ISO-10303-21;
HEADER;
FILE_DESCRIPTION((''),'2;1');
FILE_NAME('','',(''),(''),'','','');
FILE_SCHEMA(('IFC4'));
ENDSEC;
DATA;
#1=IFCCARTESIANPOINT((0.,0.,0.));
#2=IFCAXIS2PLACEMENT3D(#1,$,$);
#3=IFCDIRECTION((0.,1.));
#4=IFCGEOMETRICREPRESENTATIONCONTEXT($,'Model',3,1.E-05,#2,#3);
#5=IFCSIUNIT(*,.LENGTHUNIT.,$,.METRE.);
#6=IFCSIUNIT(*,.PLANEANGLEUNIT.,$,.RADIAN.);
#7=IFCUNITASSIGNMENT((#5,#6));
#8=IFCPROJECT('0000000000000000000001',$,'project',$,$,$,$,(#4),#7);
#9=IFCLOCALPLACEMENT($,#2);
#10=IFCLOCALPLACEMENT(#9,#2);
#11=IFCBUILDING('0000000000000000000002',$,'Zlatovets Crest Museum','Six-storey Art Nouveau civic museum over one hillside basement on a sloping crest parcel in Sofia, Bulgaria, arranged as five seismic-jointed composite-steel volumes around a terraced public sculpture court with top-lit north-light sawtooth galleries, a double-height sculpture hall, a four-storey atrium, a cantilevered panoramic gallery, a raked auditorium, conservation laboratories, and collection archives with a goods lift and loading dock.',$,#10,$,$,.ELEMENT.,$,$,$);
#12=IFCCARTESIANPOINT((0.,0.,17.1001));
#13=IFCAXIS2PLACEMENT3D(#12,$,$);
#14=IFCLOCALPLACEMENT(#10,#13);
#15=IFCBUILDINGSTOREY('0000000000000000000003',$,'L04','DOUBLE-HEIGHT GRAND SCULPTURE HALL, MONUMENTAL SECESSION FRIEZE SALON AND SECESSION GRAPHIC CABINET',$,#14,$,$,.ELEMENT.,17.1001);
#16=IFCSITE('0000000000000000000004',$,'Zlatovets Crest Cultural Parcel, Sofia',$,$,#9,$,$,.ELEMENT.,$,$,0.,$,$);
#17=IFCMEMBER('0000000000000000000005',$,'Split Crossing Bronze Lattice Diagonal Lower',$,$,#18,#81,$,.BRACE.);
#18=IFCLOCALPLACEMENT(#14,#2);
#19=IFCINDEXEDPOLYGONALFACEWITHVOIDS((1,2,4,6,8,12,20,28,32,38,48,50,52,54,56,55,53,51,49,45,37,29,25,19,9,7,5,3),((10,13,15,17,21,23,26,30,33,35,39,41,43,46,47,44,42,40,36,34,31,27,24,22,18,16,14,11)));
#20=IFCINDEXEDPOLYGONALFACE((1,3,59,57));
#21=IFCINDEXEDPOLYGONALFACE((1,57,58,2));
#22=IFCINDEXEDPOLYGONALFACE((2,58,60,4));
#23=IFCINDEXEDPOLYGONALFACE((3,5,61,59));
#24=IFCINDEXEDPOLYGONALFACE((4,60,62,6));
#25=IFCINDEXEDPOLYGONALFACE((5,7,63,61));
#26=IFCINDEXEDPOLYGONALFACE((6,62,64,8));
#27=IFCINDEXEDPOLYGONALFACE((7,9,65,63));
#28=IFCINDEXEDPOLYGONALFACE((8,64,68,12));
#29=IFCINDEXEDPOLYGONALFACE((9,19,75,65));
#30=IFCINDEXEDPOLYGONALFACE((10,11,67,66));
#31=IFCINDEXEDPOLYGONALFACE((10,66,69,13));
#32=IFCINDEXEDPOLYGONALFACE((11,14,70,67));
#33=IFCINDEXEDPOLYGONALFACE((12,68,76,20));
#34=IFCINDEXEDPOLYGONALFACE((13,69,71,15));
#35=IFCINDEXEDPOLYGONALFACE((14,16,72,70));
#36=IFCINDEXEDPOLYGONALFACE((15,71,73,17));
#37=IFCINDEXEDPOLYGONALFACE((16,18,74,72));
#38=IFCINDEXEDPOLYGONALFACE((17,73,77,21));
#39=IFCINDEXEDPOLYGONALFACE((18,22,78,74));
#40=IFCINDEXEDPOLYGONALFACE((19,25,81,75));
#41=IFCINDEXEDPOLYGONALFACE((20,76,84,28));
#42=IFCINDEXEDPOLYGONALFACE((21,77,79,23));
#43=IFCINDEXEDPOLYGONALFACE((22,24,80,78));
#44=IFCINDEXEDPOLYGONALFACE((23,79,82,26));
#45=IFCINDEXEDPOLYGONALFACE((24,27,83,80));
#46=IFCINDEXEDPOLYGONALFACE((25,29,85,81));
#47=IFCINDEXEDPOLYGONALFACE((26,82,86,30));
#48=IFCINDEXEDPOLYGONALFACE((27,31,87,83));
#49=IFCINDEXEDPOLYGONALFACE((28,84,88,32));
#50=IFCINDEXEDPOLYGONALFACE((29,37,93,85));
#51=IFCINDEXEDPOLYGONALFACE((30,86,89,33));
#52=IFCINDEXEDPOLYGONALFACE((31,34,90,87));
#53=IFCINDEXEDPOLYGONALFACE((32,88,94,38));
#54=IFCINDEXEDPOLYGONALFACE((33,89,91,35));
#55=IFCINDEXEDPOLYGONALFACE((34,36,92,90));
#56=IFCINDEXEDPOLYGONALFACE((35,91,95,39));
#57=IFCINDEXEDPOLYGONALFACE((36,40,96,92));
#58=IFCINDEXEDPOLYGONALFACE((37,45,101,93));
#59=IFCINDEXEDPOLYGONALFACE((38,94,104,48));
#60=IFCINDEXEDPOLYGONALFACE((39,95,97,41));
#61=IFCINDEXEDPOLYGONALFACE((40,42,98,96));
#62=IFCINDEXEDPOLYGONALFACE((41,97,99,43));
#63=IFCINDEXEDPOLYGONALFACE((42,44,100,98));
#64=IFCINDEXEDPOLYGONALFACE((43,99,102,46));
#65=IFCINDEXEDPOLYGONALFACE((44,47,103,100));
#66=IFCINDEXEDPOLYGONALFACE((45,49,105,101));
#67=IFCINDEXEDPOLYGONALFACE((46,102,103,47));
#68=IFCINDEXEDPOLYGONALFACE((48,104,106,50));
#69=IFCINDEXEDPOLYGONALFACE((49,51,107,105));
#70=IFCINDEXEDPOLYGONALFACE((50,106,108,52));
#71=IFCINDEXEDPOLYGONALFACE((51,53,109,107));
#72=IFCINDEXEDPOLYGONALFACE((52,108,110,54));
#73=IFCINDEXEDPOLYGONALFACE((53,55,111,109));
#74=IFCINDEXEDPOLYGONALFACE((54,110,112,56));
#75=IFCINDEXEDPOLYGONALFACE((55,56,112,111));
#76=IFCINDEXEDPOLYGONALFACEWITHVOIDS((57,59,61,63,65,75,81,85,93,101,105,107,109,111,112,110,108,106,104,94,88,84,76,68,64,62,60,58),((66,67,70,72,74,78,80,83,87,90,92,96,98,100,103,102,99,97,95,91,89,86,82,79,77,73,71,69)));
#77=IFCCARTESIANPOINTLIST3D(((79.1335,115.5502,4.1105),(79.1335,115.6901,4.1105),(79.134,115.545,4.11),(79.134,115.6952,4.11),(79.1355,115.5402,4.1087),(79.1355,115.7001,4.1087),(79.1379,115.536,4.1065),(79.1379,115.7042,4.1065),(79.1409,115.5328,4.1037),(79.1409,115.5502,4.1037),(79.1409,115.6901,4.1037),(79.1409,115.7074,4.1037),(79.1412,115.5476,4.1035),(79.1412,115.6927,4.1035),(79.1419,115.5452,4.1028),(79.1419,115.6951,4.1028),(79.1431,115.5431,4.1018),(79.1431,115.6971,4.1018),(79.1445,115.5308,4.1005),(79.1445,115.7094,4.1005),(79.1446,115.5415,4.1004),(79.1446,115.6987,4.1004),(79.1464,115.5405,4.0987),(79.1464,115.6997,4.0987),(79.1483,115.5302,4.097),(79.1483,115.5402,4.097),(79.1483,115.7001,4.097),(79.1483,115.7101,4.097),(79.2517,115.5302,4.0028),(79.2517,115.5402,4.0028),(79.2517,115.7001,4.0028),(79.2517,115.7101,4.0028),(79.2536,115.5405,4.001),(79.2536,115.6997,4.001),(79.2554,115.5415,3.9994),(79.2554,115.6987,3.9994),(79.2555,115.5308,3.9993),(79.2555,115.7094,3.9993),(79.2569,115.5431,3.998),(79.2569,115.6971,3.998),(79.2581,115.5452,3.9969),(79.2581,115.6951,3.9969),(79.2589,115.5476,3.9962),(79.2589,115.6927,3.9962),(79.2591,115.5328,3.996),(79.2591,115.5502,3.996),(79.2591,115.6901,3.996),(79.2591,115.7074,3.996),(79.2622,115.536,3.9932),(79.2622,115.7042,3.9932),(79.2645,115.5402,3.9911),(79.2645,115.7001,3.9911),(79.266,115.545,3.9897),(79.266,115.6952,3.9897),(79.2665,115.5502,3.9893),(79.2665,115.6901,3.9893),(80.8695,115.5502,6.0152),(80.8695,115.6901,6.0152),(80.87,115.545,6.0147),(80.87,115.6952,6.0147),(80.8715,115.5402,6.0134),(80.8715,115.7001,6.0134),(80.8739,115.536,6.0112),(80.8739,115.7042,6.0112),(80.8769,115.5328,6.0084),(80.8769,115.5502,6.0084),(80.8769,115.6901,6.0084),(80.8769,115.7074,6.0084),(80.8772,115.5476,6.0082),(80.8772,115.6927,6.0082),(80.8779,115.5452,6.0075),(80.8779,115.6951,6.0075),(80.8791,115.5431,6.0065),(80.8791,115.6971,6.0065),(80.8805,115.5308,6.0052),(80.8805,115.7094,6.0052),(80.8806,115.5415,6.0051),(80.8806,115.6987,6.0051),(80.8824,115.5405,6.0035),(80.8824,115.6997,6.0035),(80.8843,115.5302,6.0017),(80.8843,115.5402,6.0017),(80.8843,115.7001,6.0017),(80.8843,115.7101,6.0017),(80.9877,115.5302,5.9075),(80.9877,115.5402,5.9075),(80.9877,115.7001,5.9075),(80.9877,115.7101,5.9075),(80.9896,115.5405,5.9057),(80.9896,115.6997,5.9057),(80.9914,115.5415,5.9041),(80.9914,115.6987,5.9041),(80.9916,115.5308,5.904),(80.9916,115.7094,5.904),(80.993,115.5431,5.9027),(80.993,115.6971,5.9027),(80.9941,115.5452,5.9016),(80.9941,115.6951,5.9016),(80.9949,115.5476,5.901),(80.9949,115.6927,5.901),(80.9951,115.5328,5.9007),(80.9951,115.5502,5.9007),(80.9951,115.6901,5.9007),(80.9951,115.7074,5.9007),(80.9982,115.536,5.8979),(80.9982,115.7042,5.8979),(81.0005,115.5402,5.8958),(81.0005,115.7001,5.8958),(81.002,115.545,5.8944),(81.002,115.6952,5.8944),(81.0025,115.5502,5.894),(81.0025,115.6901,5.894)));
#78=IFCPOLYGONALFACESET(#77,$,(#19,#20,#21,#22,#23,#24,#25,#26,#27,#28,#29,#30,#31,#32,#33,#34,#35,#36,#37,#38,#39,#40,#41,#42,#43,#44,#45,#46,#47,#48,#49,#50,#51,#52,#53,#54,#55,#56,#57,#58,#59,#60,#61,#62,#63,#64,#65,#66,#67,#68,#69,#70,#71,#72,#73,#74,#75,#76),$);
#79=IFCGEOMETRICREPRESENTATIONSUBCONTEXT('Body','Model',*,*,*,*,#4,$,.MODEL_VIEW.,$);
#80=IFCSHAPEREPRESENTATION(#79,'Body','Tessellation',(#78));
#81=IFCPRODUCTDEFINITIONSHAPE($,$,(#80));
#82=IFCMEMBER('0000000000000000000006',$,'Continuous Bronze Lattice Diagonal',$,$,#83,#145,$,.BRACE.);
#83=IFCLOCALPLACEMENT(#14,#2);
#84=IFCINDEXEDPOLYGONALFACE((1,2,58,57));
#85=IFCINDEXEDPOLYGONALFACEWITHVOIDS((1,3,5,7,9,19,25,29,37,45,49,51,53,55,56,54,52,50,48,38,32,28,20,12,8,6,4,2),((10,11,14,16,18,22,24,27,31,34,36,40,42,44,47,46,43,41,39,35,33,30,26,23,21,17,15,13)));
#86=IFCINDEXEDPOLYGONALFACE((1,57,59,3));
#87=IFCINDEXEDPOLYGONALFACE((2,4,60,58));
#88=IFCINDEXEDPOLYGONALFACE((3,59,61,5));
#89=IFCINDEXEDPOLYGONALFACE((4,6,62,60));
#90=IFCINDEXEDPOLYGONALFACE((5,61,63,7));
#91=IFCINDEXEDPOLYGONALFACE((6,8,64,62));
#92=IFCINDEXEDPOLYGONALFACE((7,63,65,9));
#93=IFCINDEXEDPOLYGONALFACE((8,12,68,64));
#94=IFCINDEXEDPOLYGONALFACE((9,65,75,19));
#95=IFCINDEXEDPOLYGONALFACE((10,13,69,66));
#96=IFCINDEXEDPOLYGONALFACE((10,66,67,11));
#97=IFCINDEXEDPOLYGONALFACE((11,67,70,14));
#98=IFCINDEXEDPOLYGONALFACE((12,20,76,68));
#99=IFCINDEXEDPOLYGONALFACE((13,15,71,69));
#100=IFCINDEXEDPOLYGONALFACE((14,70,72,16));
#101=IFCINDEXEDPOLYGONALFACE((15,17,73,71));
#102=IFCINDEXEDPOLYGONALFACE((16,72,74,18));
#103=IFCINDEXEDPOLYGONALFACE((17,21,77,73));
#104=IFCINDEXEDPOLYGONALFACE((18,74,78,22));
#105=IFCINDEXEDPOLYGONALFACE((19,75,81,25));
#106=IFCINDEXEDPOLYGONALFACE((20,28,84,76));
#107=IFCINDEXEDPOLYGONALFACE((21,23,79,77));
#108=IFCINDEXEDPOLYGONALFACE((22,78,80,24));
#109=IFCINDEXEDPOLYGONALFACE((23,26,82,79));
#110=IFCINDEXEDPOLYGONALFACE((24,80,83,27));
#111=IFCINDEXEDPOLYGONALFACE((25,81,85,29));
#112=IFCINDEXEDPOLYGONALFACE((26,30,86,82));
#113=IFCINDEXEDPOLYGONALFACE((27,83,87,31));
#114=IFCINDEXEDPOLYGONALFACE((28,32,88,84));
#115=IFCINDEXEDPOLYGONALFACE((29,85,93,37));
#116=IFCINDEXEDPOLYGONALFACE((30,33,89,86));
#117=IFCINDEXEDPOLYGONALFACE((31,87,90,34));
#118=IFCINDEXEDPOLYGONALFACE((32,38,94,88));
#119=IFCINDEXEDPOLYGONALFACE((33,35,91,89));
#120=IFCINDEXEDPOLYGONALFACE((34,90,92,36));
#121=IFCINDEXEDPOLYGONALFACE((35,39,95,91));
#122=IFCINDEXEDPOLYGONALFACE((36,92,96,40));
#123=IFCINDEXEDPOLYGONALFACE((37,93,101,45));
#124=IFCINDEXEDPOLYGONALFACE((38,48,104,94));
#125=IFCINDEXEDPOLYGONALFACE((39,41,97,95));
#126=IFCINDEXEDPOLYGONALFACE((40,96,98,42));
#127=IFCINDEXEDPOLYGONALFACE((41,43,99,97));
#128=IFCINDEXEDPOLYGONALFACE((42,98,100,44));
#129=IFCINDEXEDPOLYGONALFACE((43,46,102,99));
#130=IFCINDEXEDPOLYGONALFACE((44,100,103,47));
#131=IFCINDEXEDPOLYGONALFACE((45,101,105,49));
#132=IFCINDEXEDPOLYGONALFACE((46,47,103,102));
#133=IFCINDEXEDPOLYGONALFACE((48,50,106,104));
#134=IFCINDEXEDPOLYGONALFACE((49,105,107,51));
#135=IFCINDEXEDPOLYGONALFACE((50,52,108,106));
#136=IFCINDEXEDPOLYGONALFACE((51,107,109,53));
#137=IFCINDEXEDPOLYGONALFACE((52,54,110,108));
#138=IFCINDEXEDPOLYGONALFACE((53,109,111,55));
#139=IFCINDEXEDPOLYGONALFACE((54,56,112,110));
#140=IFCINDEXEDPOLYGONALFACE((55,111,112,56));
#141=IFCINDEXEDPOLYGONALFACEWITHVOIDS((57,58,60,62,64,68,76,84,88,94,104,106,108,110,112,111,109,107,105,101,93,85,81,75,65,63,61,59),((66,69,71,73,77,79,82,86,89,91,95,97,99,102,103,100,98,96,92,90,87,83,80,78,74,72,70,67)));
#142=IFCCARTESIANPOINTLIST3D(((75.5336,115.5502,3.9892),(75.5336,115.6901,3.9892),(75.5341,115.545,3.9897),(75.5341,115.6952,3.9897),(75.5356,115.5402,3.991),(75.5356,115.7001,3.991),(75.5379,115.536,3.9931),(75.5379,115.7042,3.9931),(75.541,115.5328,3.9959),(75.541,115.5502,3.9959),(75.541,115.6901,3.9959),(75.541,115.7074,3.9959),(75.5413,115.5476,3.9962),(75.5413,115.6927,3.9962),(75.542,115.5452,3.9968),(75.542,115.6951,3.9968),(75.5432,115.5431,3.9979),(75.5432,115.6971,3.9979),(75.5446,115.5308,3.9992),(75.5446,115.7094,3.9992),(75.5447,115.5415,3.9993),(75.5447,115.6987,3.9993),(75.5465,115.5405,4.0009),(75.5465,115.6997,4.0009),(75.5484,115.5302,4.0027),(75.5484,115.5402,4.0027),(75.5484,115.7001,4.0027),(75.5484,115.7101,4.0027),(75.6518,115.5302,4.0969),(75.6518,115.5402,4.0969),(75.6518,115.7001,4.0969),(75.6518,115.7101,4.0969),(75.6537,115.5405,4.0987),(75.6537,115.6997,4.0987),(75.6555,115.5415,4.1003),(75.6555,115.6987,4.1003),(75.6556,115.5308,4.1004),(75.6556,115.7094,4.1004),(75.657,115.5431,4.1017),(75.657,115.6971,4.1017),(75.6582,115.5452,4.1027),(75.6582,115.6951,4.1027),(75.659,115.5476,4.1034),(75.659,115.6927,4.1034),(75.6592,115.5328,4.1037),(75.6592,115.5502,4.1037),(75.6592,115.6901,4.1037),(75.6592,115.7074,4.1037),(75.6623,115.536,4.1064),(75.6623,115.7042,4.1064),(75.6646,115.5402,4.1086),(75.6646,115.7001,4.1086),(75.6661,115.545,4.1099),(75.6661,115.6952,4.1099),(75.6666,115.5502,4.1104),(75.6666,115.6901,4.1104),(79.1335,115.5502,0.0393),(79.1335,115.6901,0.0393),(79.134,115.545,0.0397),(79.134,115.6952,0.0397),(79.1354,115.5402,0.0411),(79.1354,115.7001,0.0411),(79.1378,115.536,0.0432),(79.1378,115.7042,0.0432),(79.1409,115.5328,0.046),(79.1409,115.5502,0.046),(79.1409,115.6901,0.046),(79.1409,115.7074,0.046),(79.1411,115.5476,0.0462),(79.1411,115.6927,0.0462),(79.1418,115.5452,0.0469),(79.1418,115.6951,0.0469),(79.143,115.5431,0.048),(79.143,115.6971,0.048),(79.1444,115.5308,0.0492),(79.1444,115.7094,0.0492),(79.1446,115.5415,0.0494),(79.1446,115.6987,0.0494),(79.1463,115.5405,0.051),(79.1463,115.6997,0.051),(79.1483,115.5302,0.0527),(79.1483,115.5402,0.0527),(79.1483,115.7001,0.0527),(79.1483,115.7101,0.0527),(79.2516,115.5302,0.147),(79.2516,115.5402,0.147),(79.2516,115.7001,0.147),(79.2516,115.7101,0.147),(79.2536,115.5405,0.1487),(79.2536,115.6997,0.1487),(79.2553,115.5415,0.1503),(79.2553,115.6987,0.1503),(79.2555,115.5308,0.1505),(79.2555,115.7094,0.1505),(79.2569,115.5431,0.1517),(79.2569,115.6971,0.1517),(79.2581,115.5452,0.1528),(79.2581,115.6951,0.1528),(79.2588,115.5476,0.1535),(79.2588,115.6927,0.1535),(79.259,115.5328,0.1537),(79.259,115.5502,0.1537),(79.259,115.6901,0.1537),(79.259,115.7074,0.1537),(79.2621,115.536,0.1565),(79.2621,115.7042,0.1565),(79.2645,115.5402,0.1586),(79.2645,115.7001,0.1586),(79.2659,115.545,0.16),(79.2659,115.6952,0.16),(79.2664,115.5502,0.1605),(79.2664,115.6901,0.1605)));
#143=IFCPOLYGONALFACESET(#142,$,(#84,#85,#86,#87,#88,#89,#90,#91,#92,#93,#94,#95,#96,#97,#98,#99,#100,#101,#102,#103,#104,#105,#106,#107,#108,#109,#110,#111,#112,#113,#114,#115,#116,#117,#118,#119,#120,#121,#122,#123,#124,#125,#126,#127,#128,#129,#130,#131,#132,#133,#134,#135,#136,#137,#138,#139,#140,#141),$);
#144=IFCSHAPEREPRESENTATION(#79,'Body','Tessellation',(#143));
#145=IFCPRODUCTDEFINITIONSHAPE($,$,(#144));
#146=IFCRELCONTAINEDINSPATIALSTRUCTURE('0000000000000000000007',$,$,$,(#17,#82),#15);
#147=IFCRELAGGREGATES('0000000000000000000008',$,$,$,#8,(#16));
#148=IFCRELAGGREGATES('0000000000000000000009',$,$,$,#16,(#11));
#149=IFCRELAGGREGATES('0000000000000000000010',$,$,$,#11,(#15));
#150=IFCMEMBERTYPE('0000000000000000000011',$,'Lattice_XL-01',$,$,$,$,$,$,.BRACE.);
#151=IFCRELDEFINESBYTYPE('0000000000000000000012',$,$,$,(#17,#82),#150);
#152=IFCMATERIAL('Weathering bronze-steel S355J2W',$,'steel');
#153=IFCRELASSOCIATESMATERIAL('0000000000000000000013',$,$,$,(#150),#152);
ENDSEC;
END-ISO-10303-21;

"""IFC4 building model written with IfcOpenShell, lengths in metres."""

from ifc_helpers import new_model, si_unit, direction, frame, origin, origin_2d, place, context, subcontext, project, spatial, hollow_rectangle, extrude, material, material_profile, profile_set, type_object, element, save


model = new_model("IFC4")

# Units and contexts
model_context = context("Model", 3, precision=1e-05, world=origin(), true_north=direction((0.0, 1.0)))
body_context = subcontext(model_context, "Body", "Model", "MODEL_VIEW")
ifc_project = project(units=[si_unit("LENGTHUNIT", "METRE"), si_unit("PLANEANGLEUNIT", "RADIAN")], contexts=[model_context])

# Site, building, storey
site_placement = place(None, origin())
site = spatial("IfcSite", under=ifc_project, at=site_placement, Name="Zlatovets Crest Cultural Parcel, Sofia", CompositionType="ELEMENT", RefElevation=0.0)
building_placement = place(site_placement, origin())
building = spatial("IfcBuilding", under=site, at=building_placement, Name="Zlatovets Crest Museum", Description="Six-storey Art Nouveau civic museum over one hillside basement on a sloping crest parcel in Sofia, Bulgaria, arranged as five seismic-jointed composite-steel volumes around a terraced public sculpture court with top-lit north-light sawtooth galleries, a double-height sculpture hall, a four-storey atrium, a cantilevered panoramic gallery, a raked auditorium, conservation laboratories, and collection archives with a goods lift and loading dock.", CompositionType="ELEMENT")
storey_placement = place(building_placement, frame((0.0, 0.0, 17.1001)))
storey = spatial("IfcBuildingStorey", under=building, at=storey_placement, Name="L04", Description="DOUBLE-HEIGHT GRAND SCULPTURE HALL, MONUMENTAL SECESSION FRIEZE SALON AND SECESSION GRAPHIC CABINET", CompositionType="ELEMENT", Elevation=17.1001)

# Members
ifc_material_1 = material(Name="Weathering bronze-steel S355J2W", Category="steel")
ifc_material_profile_1 = material_profile(ifc_material_1, hollow_rectangle(XDim=0.1799, YDim=0.1799, WallThickness=0.01, InnerFilletRadius=0.01, OuterFilletRadius=0.02, at=origin_2d()), Name="SHS 180x180x10.0")
ifc_profile_set_1 = profile_set([ifc_material_profile_1], Name="Weathering bronze-steel S355J2W")
member_type_1 = type_object("IfcMemberType", Name="Lattice_XL-01", PredefinedType="BRACE", material=ifc_profile_set_1)
for number, where, z_axis, x_axis, name in (
    (1, (80.936, 115.6201, 5.9546), (-0.67362, 0.0, -0.739078), (0.0, -1.0, 0.0), "Split Crossing Bronze Lattice Diagonal Lower"),
):
    element("IfcMember", number, at=place(storey_placement, frame(where, z_axis=z_axis, x_axis=x_axis)), inside=storey, type_object=member_type_1, Name=name, PredefinedType="BRACE", context=body_context, shape_type="SweptSolid", body=[
        extrude(hollow_rectangle(XDim=0.1799, YDim=0.1799, WallThickness=0.01, InnerFilletRadius=0.01, OuterFilletRadius=0.02, at=origin_2d()), origin(), (0.0, 0.0, 1.0), 2.5771),
    ])
member_1_placement = place(storey_placement, frame((79.2, 115.6201, 0.0999), z_axis=(-0.673593, 0.0, 0.739102), x_axis=(0.0, -1.0, 0.0)))
element("IfcMember", 2, at=member_1_placement, inside=storey, type_object=member_type_1, Name="Continuous Bronze Lattice Diagonal", PredefinedType="BRACE", context=body_context, shape_type="SweptSolid", body=[
    extrude(hollow_rectangle(XDim=0.1799, YDim=0.1799, WallThickness=0.01, InnerFilletRadius=0.01, OuterFilletRadius=0.02, at=origin_2d()), origin(), (0.0, 0.0, 1.0), 5.3442),
])

save(model, "model.ifc")
